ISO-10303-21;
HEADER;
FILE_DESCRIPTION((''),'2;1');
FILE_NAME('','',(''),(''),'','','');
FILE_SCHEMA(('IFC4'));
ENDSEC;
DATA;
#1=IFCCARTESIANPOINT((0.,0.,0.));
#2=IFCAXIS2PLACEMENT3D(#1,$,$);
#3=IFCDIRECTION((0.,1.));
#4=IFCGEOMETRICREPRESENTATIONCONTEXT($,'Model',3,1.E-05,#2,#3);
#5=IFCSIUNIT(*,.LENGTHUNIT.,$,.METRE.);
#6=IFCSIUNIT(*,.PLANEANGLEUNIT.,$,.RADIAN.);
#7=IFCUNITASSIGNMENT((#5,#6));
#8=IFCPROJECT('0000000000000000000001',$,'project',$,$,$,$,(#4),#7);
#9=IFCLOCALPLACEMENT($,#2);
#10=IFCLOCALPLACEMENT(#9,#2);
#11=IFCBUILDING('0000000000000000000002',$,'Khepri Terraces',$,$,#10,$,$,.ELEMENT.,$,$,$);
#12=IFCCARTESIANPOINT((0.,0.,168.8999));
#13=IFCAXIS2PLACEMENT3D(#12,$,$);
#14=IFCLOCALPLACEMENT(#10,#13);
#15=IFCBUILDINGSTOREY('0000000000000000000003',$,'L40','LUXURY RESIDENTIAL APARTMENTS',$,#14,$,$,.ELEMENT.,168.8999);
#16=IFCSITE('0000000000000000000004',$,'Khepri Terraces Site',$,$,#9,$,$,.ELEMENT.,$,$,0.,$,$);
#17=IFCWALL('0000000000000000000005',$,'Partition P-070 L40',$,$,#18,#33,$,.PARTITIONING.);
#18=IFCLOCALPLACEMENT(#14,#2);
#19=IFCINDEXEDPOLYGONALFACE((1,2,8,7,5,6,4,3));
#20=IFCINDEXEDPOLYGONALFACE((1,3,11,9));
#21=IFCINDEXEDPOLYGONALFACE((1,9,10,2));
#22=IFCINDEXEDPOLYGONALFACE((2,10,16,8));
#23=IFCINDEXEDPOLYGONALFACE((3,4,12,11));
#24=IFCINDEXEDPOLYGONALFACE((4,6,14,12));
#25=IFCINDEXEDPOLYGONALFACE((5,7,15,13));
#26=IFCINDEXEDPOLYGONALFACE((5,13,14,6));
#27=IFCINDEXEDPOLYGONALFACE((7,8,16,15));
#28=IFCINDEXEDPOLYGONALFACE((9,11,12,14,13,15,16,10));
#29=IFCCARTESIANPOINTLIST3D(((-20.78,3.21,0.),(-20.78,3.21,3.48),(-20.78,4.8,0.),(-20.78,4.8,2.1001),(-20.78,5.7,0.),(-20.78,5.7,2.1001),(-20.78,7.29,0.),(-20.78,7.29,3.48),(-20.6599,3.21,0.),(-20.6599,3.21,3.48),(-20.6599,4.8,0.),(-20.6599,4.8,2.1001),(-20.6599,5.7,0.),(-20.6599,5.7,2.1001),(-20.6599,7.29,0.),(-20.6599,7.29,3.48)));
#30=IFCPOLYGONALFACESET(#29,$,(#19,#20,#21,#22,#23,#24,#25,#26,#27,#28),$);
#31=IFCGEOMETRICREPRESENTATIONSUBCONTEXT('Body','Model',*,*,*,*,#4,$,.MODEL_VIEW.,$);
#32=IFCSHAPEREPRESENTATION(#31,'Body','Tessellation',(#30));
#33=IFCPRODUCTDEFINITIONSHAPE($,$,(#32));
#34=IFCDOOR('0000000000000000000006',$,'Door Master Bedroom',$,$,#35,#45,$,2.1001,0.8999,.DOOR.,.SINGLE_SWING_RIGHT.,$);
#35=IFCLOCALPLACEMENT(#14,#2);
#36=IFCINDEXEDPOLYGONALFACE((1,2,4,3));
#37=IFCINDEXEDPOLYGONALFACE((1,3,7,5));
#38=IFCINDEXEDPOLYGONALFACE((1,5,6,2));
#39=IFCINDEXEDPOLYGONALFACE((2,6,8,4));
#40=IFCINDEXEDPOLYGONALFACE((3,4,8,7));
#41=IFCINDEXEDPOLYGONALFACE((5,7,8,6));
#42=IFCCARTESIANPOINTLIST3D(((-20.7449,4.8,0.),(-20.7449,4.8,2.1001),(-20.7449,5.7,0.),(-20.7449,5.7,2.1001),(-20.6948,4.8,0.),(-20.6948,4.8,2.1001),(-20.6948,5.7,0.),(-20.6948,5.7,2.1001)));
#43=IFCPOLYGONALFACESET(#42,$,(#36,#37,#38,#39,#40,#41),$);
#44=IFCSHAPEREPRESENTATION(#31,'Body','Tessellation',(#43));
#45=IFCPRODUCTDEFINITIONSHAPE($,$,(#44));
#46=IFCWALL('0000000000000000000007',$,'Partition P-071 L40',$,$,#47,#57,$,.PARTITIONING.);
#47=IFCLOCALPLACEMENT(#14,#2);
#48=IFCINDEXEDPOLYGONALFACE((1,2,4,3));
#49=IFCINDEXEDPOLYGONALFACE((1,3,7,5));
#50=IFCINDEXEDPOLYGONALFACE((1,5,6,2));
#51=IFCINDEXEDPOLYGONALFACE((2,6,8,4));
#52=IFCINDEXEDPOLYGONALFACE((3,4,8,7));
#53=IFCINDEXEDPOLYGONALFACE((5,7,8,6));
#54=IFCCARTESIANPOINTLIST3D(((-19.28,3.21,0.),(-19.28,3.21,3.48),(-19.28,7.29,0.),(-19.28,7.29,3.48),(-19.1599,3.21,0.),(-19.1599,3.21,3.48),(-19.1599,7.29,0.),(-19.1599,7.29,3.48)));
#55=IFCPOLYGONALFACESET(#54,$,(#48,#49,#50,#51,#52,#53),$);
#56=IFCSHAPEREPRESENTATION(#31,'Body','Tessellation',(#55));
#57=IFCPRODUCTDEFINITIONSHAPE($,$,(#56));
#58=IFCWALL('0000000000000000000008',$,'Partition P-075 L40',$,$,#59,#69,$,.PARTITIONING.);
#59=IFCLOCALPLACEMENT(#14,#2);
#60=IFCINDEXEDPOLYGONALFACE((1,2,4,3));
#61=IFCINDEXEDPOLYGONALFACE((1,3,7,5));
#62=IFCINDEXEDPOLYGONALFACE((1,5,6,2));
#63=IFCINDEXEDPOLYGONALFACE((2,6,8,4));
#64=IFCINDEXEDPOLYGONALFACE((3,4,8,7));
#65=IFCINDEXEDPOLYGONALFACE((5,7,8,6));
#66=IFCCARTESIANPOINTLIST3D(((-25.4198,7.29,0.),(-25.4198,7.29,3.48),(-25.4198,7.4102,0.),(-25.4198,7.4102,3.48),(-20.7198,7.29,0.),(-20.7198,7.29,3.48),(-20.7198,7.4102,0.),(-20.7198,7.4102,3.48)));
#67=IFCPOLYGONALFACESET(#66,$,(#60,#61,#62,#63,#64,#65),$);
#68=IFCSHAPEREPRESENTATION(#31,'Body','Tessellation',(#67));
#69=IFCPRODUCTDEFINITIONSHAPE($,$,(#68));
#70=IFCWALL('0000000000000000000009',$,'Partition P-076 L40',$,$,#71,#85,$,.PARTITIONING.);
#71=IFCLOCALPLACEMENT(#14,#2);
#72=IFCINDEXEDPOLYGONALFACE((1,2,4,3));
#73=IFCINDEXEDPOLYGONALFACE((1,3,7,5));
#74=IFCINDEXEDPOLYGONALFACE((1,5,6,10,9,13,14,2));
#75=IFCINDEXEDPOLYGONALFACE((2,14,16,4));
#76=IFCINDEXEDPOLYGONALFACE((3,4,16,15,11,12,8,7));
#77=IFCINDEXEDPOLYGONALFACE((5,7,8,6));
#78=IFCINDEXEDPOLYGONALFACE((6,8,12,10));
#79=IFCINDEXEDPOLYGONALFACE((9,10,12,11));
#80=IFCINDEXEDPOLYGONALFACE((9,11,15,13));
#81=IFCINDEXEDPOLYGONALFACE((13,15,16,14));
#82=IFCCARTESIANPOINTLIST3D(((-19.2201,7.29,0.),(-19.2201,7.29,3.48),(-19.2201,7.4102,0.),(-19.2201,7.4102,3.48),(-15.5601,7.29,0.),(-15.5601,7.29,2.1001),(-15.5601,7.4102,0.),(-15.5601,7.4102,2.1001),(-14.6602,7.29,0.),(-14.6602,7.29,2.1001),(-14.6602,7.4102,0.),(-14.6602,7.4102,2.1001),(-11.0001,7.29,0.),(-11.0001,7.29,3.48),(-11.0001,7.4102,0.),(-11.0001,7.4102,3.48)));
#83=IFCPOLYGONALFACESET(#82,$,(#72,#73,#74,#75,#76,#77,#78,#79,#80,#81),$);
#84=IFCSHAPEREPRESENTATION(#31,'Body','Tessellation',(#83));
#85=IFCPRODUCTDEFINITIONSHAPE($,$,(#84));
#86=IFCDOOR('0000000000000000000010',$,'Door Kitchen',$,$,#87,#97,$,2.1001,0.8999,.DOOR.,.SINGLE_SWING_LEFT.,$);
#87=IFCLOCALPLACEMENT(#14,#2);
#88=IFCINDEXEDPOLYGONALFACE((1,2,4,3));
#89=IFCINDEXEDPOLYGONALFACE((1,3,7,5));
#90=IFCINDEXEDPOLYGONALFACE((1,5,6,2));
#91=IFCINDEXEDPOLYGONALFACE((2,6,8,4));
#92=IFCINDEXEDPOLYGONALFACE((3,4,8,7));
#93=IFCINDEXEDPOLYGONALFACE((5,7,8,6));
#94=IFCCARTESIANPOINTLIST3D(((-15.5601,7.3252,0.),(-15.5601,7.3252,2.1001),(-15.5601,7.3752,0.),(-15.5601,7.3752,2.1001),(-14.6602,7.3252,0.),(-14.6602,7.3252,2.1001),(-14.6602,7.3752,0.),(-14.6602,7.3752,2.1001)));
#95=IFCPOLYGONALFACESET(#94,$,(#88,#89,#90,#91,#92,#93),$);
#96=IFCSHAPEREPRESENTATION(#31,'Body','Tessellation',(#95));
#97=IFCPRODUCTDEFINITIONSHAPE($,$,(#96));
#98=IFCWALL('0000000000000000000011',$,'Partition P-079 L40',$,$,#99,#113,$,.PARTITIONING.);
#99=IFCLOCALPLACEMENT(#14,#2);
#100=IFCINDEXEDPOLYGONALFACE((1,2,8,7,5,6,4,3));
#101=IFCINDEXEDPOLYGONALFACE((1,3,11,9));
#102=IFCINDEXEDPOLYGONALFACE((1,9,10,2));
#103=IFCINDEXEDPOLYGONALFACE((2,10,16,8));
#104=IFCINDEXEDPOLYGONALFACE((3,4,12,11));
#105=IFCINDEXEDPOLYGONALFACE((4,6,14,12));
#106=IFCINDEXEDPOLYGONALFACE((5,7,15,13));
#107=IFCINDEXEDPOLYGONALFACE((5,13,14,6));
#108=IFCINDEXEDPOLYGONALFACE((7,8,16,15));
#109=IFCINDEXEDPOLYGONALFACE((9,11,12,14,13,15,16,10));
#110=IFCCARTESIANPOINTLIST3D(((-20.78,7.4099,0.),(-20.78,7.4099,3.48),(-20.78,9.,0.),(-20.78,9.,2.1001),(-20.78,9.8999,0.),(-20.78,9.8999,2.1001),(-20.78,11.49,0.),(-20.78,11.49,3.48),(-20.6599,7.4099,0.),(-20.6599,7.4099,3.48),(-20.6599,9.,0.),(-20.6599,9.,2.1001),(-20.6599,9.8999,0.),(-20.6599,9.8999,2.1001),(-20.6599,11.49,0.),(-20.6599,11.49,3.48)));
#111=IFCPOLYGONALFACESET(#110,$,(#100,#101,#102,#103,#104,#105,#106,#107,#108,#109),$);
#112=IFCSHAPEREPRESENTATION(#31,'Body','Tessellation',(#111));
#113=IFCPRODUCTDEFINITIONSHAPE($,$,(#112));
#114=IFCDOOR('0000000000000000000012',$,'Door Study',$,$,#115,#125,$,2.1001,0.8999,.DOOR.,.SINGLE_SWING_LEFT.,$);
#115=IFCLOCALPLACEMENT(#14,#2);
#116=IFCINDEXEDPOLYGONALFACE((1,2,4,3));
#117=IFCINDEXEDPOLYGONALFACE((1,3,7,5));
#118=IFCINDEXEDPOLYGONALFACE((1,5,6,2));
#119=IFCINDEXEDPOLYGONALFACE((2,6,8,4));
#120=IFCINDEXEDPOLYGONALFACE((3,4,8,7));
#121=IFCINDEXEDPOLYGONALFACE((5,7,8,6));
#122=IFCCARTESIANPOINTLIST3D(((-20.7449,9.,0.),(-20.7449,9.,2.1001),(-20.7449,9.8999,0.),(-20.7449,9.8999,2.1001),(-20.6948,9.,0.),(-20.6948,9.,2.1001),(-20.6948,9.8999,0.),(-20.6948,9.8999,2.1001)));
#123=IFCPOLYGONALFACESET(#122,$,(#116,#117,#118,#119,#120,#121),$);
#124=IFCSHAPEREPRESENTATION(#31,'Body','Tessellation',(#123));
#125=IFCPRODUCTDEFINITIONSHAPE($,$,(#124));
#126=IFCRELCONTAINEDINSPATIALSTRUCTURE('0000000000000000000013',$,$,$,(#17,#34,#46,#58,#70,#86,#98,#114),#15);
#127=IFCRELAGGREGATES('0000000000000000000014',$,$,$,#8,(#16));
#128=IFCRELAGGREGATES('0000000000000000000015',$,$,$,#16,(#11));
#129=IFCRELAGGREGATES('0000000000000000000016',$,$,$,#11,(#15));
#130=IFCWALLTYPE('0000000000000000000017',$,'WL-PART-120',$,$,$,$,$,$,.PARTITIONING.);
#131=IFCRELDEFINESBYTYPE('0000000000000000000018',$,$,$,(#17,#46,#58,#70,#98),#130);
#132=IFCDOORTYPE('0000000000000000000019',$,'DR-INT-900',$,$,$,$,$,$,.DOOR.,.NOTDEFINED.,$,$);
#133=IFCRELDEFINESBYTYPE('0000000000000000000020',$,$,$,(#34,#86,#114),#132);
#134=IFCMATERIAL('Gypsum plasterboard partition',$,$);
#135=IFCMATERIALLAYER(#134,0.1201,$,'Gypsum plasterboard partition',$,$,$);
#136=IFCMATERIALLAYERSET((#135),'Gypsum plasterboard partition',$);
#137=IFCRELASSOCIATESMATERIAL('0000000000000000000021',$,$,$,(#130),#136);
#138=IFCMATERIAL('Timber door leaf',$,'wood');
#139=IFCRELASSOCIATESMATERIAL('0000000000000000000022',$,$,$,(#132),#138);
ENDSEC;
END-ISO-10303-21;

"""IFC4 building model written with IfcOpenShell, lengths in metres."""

from ifc_helpers import new_model, si_unit, direction, frame, frame_2d, origin, place, context, subcontext, project, spatial, rectangle, extrude, material, layer, layer_set, type_object, element, fill, save


model = new_model("IFC4")

# Units and contexts
model_context = context("Model", 3, precision=1e-05, world=origin(), true_north=direction((0.0, 1.0)))
body_context = subcontext(model_context, "Body", "Model", "MODEL_VIEW")
ifc_project = project(units=[si_unit("LENGTHUNIT", "METRE"), si_unit("PLANEANGLEUNIT", "RADIAN")], contexts=[model_context])

# Site, building, storey
site_placement = place(None, origin())
site = spatial("IfcSite", under=ifc_project, at=site_placement, Name="Khepri Terraces Site", CompositionType="ELEMENT", RefElevation=0.0)
building_placement = place(site_placement, origin())
building = spatial("IfcBuilding", under=site, at=building_placement, Name="Khepri Terraces", CompositionType="ELEMENT")
storey_placement = place(building_placement, frame((0.0, 0.0, 168.8999)))
storey = spatial("IfcBuildingStorey", under=building, at=storey_placement, Name="L40", Description="LUXURY RESIDENTIAL APARTMENTS", CompositionType="ELEMENT", Elevation=168.8999)

# Shared definitions
ifc_material_1 = material(Name="Gypsum plasterboard partition")
ifc_layer_1 = layer(ifc_material_1, 0.1201, Name="Gypsum plasterboard partition")
ifc_layer_set_1 = layer_set([ifc_layer_1], Name="Gypsum plasterboard partition")
wall_type_1 = type_object("IfcWallType", Name="WL-PART-120", PredefinedType="PARTITIONING", material=ifc_layer_set_1)

# Shared definitions
ifc_material_2 = material(Name="Timber door leaf", Category="wood")
door_type_1 = type_object("IfcDoorType", Name="DR-INT-900", OperationType="NOTDEFINED", PredefinedType="DOOR", material=ifc_material_2)

# Wall, opening, door
wall_1_placement = place(storey_placement, frame((-20.72, 3.21, 0.0), z_axis=(0.0, 0.0, 1.0), x_axis=(0.0, 1.0, 0.0)))
wall_1 = element("IfcWall", 1, at=wall_1_placement, inside=storey, type_object=wall_type_1, Name="Partition P-070 L40", PredefinedType="PARTITIONING", context=body_context, shape_type="SweptSolid", body=[
    extrude(rectangle(XDim=4.0801, YDim=0.1201, at=frame_2d((2.04, 0.0))), origin(), (0.0, 0.0, 1.0), 3.48),
])
opening_1_placement = place(wall_1_placement, frame((1.5901, 0.0, 0.0)))
opening_1 = element("IfcOpeningElement", 2, at=opening_1_placement, cuts=wall_1, PredefinedType="OPENING", context=body_context, shape_type="SweptSolid", body=[
    extrude(rectangle(XDim=0.8999, YDim=2.1001, at=frame_2d((0.45, 1.05))), frame((0.0, 0.0701, 0.0), z_axis=(0.0, -1.0, 0.0), x_axis=(1.0, 0.0, 0.0)), (0.0, 0.0, 1.0), 0.1401),
])
door_1_placement = place(opening_1_placement, origin())
door_1 = element("IfcDoor", 3, at=door_1_placement, inside=storey, type_object=door_type_1, Name="Door Master Bedroom", OperationType="SINGLE_SWING_RIGHT", OverallHeight=2.1001, OverallWidth=0.8999, PredefinedType="DOOR", context=body_context, shape_type="SweptSolid", body=[
    extrude(rectangle(XDim=0.8999, YDim=2.1001, at=frame_2d((0.45, 1.05))), frame((0.0, 0.0249, 0.0), z_axis=(0.0, -1.0, 0.0), x_axis=(1.0, 0.0, 0.0)), (0.0, 0.0, 1.0), 0.05),
])
fill(opening_1, door_1)

# Walls
wall_2_placement = place(storey_placement, frame((-19.22, 3.21, 0.0), z_axis=(0.0, 0.0, 1.0), x_axis=(0.0, 1.0, 0.0)))
element("IfcWall", 4, at=wall_2_placement, inside=storey, type_object=wall_type_1, Name="Partition P-071 L40", PredefinedType="PARTITIONING", context=body_context, shape_type="SweptSolid", body=[
    extrude(rectangle(XDim=4.0801, YDim=0.1201, at=frame_2d((2.04, 0.0))), origin(), (0.0, 0.0, 1.0), 3.48),
])
wall_3_placement = place(storey_placement, frame((-25.4199, 7.3501, 0.0), z_axis=(0.0, 0.0, 1.0), x_axis=(1.0, 0.0, 0.0)))
element("IfcWall", 5, at=wall_3_placement, inside=storey, type_object=wall_type_1, Name="Partition P-075 L40", PredefinedType="PARTITIONING", context=body_context, shape_type="SweptSolid", body=[
    extrude(rectangle(XDim=4.7, YDim=0.1201, at=frame_2d((2.3501, 0.0))), origin(), (0.0, 0.0, 1.0), 3.48),
])

# Walls, openings, doors
wall_4_placement = place(storey_placement, frame((-19.22, 7.3501, 0.0), z_axis=(0.0, 0.0, 1.0), x_axis=(1.0, 0.0, 0.0)))
wall_4 = element("IfcWall", 6, at=wall_4_placement, inside=storey, type_object=wall_type_1, Name="Partition P-076 L40", PredefinedType="PARTITIONING", context=body_context, shape_type="SweptSolid", body=[
    extrude(rectangle(XDim=8.22, YDim=0.1201, at=frame_2d((4.1099, 0.0))), origin(), (0.0, 0.0, 1.0), 3.48),
])
opening_2_placement = place(wall_4_placement, frame((3.6599, 0.0, 0.0)))
opening_2 = element("IfcOpeningElement", 7, at=opening_2_placement, cuts=wall_4, PredefinedType="OPENING", context=body_context, shape_type="SweptSolid", body=[
    extrude(rectangle(XDim=0.8999, YDim=2.1001, at=frame_2d((0.45, 1.05))), frame((0.0, 0.0701, 0.0), z_axis=(0.0, -1.0, 0.0), x_axis=(1.0, 0.0, 0.0)), (0.0, 0.0, 1.0), 0.1401),
])
door_2_placement = place(opening_2_placement, frame((0.8999, 0.0, 0.0), z_axis=(0.0, 0.0, 1.0), x_axis=(-1.0, 0.0, 0.0)))
door_2 = element("IfcDoor", 8, at=door_2_placement, inside=storey, type_object=door_type_1, Name="Door Kitchen", OperationType="SINGLE_SWING_LEFT", OverallHeight=2.1001, OverallWidth=0.8999, PredefinedType="DOOR", context=body_context, shape_type="SweptSolid", body=[
    extrude(rectangle(XDim=0.8999, YDim=2.1001, at=frame_2d((0.45, 1.05))), frame((0.0, 0.0249, 0.0), z_axis=(0.0, -1.0, 0.0), x_axis=(1.0, 0.0, 0.0)), (0.0, 0.0, 1.0), 0.05),
])
fill(opening_2, door_2)
wall_5_placement = place(storey_placement, frame((-20.72, 7.4099, 0.0), z_axis=(0.0, 0.0, 1.0), x_axis=(0.0, 1.0, 0.0)))
wall_5 = element("IfcWall", 9, at=wall_5_placement, inside=storey, type_object=wall_type_1, Name="Partition P-079 L40", PredefinedType="PARTITIONING", context=body_context, shape_type="SweptSolid", body=[
    extrude(rectangle(XDim=4.0801, YDim=0.1201, at=frame_2d((2.04, 0.0))), origin(), (0.0, 0.0, 1.0), 3.48),
])
opening_3_placement = place(wall_5_placement, frame((1.5901, 0.0, 0.0)))
opening_3 = element("IfcOpeningElement", 10, at=opening_3_placement, cuts=wall_5, PredefinedType="OPENING", context=body_context, shape_type="SweptSolid", body=[
    extrude(rectangle(XDim=0.8999, YDim=2.1001, at=frame_2d((0.45, 1.05))), frame((0.0, 0.0701, 0.0), z_axis=(0.0, -1.0, 0.0), x_axis=(1.0, 0.0, 0.0)), (0.0, 0.0, 1.0), 0.1401),
])
door_3_placement = place(opening_3_placement, origin())
door_3 = element("IfcDoor", 11, at=door_3_placement, inside=storey, type_object=door_type_1, Name="Door Study", OperationType="SINGLE_SWING_LEFT", OverallHeight=2.1001, OverallWidth=0.8999, PredefinedType="DOOR", context=body_context, shape_type="SweptSolid", body=[
    extrude(rectangle(XDim=0.8999, YDim=2.1001, at=frame_2d((0.45, 1.05))), frame((0.0, 0.0249, 0.0), z_axis=(0.0, -1.0, 0.0), x_axis=(1.0, 0.0, 0.0)), (0.0, 0.0, 1.0), 0.05),
])
fill(opening_3, door_3)

save(model, "model.ifc")
